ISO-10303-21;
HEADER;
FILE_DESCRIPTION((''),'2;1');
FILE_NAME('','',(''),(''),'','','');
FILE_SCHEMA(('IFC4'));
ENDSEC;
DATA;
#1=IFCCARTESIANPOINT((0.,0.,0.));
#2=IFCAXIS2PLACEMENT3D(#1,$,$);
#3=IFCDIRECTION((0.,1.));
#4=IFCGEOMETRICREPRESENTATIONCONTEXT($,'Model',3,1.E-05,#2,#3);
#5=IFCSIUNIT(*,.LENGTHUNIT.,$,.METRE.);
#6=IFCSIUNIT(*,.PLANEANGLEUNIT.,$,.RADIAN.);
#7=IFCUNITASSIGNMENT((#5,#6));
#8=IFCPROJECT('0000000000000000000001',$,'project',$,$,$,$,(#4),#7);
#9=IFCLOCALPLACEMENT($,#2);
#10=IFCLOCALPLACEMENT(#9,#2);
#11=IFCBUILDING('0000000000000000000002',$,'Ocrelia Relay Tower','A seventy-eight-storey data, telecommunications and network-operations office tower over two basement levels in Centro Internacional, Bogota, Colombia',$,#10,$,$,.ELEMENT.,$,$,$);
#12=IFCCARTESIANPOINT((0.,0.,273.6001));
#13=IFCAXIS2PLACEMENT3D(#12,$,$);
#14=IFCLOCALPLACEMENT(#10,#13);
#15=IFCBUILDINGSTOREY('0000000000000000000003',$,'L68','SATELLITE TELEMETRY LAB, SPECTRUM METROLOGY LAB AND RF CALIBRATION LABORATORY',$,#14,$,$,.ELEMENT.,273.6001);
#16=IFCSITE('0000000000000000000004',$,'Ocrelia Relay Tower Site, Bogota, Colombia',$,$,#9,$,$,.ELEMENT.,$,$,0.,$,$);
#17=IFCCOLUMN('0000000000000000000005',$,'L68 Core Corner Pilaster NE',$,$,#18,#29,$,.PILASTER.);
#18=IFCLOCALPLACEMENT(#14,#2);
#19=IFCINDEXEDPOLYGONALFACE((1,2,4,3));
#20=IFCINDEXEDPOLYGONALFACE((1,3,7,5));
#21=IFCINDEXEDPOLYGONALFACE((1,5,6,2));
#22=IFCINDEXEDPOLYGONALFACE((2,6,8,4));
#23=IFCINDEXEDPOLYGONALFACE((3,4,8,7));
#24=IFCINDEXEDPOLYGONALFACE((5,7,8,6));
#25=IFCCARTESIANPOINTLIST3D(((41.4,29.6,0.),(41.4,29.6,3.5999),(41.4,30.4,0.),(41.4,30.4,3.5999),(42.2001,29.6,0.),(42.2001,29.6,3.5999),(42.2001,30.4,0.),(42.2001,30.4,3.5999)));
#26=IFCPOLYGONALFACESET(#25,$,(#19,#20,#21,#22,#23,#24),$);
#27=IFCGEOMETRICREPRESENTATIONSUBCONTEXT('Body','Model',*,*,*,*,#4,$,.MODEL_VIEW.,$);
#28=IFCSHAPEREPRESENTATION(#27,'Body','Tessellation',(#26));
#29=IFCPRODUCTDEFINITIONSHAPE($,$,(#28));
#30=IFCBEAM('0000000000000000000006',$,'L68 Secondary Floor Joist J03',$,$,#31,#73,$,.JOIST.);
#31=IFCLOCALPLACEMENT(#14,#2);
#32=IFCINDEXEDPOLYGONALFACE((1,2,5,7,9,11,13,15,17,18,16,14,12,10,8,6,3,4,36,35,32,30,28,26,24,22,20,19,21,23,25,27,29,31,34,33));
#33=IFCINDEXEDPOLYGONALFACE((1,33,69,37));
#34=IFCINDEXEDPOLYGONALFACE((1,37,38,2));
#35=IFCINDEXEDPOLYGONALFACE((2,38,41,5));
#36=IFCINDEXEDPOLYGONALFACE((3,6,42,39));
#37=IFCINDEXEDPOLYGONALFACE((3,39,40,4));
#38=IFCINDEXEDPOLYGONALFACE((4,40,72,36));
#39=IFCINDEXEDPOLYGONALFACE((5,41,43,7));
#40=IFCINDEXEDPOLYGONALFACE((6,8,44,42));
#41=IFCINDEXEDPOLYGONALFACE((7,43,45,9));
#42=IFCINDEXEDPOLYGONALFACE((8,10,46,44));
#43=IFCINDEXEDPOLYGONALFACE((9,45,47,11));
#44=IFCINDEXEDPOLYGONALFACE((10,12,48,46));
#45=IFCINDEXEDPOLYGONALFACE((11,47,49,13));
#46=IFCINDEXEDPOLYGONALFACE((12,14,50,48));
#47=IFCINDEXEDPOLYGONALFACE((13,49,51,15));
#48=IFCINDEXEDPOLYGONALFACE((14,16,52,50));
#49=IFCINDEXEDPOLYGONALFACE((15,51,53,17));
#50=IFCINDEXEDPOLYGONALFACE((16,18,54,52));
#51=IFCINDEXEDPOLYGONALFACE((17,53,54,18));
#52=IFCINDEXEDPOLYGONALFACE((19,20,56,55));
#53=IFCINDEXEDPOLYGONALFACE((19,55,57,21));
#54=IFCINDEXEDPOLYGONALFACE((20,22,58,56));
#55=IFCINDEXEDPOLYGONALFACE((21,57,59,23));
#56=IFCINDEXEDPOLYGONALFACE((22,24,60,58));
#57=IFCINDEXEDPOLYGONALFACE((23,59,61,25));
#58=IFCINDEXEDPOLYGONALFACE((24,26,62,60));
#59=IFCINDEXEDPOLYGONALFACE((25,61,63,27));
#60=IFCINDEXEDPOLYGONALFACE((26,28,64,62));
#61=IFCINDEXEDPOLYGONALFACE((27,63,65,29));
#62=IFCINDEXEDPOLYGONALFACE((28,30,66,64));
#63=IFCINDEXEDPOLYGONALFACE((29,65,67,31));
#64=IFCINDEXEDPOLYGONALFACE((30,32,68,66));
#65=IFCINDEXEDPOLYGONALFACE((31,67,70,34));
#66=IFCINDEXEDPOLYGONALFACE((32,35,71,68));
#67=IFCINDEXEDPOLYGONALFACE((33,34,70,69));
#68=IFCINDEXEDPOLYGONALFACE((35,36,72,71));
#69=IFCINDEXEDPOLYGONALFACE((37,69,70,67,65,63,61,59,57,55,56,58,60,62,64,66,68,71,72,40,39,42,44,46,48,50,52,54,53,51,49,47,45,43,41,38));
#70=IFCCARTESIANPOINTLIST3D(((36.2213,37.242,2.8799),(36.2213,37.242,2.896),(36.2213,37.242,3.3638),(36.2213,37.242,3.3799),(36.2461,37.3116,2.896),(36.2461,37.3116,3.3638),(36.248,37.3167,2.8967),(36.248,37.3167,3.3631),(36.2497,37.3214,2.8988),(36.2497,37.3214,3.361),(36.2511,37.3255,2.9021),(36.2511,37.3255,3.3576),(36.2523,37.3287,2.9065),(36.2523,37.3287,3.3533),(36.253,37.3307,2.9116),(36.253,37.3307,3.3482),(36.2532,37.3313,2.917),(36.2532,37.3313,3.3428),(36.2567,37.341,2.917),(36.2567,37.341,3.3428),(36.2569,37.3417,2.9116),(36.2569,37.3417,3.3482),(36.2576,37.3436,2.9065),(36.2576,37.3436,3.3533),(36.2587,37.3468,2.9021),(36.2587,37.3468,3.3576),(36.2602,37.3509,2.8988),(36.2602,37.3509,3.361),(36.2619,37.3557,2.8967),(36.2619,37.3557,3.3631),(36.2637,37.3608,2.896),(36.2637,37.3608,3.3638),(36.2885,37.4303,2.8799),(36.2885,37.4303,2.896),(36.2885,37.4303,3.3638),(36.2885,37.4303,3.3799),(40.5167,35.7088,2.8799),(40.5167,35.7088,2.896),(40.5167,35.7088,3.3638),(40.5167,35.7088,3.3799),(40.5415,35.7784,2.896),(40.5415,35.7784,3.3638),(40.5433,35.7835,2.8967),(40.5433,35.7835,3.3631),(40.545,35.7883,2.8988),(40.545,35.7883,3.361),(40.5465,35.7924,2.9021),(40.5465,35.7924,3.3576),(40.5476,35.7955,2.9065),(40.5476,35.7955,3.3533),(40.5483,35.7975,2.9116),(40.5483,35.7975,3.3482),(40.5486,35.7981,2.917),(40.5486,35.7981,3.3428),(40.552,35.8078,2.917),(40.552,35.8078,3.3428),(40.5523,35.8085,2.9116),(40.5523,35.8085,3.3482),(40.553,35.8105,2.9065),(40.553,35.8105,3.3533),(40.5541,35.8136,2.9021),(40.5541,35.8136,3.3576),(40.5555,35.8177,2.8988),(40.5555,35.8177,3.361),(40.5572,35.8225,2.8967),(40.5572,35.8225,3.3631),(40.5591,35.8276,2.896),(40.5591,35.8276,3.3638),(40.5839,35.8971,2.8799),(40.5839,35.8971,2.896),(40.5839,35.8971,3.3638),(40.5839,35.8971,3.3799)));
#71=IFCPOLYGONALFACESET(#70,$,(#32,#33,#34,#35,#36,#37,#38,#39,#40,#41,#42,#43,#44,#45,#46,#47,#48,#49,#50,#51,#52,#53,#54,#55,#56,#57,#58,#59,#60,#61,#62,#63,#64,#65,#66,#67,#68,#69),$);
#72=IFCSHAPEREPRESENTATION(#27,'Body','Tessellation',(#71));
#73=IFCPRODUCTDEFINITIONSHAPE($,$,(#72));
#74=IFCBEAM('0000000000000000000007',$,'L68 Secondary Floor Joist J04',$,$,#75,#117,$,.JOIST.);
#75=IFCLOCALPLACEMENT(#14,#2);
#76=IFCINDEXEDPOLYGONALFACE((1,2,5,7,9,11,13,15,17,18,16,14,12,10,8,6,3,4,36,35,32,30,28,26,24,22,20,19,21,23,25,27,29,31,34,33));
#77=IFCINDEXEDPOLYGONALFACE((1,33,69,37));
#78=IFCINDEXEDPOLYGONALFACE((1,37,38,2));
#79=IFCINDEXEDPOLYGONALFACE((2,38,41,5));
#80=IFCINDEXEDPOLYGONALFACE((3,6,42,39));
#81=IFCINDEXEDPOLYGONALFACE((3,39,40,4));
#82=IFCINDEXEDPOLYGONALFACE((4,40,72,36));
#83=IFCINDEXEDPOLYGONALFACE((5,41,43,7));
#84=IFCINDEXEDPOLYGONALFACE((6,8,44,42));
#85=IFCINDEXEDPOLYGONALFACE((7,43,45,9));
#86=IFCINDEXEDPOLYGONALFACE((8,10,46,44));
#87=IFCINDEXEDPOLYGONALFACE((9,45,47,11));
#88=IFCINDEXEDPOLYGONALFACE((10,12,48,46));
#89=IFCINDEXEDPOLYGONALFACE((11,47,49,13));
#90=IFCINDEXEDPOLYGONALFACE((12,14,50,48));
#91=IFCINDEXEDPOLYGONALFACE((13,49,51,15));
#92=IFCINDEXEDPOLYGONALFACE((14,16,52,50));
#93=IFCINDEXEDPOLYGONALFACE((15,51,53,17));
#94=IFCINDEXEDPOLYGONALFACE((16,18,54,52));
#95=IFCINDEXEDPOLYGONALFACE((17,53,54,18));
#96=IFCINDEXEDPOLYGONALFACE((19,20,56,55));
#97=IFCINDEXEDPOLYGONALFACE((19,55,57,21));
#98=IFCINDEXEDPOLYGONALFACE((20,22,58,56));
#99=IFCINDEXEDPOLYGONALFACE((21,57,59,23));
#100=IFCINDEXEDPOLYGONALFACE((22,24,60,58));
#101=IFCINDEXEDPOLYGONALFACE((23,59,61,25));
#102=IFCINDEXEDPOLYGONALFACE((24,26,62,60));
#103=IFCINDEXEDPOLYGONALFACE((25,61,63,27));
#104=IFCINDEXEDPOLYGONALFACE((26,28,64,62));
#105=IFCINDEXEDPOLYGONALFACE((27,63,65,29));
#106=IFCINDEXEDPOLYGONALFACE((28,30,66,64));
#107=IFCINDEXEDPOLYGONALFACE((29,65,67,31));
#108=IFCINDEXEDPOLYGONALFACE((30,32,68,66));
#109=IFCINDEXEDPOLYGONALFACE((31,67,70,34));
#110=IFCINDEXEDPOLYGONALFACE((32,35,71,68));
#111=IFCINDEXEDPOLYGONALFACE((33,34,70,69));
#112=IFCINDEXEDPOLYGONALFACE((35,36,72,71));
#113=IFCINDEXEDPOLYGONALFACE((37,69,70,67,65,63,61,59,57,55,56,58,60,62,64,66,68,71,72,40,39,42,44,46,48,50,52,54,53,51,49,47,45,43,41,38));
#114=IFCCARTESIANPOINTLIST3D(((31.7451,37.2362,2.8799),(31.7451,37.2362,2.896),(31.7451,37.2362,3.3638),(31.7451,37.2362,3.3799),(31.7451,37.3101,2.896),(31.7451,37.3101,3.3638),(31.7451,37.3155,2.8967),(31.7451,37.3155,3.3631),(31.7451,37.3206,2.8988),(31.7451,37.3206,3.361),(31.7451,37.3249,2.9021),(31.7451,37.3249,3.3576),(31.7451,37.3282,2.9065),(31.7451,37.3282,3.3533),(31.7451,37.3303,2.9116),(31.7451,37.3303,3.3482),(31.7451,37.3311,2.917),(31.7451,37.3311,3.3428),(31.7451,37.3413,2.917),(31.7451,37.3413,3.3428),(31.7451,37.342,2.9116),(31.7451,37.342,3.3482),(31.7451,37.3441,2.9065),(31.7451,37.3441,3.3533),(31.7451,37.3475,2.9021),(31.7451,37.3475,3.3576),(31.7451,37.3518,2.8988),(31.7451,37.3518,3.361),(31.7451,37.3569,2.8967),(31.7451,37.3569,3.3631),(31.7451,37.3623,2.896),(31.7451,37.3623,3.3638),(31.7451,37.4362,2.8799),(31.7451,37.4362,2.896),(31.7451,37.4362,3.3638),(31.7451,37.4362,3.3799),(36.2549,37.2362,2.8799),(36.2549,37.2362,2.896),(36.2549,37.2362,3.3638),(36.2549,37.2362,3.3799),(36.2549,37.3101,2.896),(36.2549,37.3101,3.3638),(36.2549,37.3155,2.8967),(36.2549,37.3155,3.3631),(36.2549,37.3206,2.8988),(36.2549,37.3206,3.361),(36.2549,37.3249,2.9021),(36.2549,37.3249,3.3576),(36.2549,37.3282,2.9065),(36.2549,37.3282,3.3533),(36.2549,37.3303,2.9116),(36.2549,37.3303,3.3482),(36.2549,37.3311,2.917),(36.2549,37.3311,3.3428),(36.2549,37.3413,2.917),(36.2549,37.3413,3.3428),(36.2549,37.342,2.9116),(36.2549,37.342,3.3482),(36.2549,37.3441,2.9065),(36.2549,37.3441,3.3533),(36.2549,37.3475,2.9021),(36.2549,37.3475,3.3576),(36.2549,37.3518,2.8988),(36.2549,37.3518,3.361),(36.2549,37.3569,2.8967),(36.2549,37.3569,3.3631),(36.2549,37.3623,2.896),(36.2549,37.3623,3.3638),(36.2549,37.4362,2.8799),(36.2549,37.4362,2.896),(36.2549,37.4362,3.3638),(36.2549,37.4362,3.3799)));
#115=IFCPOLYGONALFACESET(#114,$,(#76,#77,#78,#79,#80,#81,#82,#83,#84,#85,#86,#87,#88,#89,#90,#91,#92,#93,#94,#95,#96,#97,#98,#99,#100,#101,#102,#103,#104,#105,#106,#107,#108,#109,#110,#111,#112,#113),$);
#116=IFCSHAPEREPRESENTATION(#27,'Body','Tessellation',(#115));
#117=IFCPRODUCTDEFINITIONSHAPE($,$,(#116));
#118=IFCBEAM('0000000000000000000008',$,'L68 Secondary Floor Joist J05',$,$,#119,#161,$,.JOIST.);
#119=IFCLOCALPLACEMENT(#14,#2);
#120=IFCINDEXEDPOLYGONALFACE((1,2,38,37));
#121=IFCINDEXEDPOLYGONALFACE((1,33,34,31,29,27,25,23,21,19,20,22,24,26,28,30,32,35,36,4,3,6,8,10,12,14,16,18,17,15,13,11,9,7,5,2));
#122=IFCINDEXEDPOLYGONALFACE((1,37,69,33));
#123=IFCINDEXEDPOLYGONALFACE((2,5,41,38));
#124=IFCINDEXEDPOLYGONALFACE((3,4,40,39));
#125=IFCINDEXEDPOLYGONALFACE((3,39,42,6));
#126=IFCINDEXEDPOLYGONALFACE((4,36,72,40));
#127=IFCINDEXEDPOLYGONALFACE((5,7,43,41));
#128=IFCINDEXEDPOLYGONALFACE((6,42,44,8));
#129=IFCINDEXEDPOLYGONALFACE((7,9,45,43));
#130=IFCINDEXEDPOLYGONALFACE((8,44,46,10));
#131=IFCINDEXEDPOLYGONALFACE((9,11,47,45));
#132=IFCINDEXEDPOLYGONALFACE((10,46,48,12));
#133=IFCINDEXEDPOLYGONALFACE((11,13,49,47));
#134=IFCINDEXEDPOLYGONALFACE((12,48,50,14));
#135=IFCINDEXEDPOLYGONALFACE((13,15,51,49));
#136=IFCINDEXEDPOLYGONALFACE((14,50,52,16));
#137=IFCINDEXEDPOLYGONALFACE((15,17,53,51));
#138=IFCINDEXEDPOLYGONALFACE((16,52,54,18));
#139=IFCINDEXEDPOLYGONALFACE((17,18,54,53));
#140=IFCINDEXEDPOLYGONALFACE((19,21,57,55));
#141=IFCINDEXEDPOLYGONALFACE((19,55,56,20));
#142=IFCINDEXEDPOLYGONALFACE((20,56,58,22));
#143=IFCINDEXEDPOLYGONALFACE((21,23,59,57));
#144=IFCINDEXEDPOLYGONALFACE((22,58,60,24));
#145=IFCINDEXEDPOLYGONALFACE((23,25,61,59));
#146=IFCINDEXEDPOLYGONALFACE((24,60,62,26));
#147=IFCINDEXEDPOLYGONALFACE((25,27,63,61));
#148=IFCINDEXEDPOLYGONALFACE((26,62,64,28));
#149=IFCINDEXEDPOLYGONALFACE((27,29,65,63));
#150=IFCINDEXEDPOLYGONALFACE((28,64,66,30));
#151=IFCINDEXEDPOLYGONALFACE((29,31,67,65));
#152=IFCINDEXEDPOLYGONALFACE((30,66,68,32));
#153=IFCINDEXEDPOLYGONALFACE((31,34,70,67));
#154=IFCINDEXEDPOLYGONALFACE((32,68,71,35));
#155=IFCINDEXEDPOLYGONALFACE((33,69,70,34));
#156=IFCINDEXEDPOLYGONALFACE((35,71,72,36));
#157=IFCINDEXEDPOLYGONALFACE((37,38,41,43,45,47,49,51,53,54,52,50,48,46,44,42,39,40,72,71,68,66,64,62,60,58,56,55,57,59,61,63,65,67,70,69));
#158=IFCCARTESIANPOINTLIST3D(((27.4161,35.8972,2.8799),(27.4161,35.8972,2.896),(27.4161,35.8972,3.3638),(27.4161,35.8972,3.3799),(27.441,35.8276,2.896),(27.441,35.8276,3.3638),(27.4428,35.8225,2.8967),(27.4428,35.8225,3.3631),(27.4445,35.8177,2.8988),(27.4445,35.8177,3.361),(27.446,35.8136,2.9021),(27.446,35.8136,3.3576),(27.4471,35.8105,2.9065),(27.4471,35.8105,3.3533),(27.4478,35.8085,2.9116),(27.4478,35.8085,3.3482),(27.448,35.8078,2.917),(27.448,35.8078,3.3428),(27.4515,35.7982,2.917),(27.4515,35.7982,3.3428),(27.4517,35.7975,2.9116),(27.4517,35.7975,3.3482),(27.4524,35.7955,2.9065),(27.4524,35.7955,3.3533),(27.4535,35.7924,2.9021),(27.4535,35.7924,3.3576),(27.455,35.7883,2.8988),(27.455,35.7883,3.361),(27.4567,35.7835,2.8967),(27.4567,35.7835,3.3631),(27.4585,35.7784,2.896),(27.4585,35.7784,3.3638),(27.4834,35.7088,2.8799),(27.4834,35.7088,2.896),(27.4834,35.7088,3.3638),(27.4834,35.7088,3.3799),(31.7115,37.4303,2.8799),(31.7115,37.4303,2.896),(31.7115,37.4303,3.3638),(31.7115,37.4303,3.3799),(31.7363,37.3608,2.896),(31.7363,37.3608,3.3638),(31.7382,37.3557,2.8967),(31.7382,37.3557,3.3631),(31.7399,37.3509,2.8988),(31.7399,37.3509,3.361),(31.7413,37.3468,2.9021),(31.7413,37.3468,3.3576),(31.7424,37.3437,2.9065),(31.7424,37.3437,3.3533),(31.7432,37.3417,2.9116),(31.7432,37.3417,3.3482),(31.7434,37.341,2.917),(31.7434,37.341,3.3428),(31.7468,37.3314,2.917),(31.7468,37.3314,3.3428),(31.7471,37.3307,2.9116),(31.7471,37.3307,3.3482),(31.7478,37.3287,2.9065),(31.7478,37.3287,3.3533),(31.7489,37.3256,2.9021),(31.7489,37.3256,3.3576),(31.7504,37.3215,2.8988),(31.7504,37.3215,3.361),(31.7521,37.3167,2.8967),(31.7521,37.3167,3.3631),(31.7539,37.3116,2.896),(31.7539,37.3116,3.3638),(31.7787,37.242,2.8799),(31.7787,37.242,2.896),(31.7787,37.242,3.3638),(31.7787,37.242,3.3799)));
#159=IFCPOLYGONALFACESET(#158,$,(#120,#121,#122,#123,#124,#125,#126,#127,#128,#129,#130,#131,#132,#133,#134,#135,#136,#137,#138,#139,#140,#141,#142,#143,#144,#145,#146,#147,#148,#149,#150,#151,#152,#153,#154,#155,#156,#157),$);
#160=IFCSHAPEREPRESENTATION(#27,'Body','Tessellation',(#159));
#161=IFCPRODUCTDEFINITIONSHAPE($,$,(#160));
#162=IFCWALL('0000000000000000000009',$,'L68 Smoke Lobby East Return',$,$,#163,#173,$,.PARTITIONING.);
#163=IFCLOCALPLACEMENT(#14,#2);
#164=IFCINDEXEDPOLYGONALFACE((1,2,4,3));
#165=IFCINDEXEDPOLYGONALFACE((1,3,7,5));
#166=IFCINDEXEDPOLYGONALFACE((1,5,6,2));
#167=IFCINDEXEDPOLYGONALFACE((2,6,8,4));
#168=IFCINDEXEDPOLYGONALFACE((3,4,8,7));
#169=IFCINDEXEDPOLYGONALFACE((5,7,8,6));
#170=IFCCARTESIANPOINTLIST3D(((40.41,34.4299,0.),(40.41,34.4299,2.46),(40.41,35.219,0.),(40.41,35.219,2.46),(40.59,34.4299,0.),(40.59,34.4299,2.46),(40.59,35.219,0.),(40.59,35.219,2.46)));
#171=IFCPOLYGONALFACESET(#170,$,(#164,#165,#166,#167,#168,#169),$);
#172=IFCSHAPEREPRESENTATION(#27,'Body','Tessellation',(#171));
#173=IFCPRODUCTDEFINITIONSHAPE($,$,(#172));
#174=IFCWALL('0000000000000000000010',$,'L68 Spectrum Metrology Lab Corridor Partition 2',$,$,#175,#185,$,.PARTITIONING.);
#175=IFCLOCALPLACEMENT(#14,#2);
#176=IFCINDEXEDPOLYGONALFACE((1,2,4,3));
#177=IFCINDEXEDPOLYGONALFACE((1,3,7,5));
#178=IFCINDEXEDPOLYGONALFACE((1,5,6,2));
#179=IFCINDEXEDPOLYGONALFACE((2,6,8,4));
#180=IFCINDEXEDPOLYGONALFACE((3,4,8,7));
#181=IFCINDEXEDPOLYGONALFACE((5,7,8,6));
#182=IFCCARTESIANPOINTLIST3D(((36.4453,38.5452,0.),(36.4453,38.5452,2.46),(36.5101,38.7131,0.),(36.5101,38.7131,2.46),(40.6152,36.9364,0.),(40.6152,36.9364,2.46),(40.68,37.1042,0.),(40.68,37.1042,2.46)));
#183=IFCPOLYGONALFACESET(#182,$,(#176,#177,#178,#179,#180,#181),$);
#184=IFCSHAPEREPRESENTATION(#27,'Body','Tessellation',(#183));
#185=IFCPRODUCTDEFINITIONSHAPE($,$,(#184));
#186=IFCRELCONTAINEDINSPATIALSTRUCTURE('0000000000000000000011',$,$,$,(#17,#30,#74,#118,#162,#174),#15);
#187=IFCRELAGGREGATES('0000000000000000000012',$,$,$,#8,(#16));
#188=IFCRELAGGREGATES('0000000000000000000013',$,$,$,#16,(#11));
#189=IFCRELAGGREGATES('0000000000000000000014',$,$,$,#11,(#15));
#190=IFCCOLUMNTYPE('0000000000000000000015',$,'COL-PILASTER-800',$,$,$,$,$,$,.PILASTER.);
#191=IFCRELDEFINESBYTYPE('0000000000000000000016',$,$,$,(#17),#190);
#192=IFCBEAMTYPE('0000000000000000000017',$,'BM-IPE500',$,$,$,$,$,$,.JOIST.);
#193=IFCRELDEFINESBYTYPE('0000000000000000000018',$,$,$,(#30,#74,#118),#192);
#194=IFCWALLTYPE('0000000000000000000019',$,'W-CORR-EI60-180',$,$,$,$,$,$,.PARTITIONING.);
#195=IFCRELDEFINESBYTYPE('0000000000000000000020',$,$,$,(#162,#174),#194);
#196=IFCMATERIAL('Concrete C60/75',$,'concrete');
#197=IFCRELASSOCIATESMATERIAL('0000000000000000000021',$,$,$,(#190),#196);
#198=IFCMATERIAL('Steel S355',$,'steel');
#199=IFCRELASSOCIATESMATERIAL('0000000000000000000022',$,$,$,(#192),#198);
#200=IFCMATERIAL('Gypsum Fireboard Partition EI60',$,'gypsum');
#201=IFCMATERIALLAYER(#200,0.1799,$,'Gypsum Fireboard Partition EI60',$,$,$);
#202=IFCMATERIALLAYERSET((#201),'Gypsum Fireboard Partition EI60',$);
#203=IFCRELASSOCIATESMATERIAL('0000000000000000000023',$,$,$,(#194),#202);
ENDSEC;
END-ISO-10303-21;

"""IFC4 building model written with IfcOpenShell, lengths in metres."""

from ifc_helpers import new_model, si_unit, direction, frame, frame_2d, origin, origin_2d, place, context, subcontext, project, spatial, rectangle, i_section, extrude, material, layer, layer_set, material_profile, profile_set, type_object, element, save


model = new_model("IFC4")

# Units and contexts
model_context = context("Model", 3, precision=1e-05, world=origin(), true_north=direction((0.0, 1.0)))
body_context = subcontext(model_context, "Body", "Model", "MODEL_VIEW")
ifc_project = project(units=[si_unit("LENGTHUNIT", "METRE"), si_unit("PLANEANGLEUNIT", "RADIAN")], contexts=[model_context])

# Site, building, storey
site_placement = place(None, origin())
site = spatial("IfcSite", under=ifc_project, at=site_placement, Name="Ocrelia Relay Tower Site, Bogota, Colombia", CompositionType="ELEMENT", RefElevation=0.0)
building_placement = place(site_placement, origin())
building = spatial("IfcBuilding", under=site, at=building_placement, Name="Ocrelia Relay Tower", Description="A seventy-eight-storey data, telecommunications and network-operations office tower over two basement levels in Centro Internacional, Bogota, Colombia", CompositionType="ELEMENT")
storey_placement = place(building_placement, frame((0.0, 0.0, 273.6001)))
storey = spatial("IfcBuildingStorey", under=building, at=storey_placement, Name="L68", Description="SATELLITE TELEMETRY LAB, SPECTRUM METROLOGY LAB AND RF CALIBRATION LABORATORY", CompositionType="ELEMENT", Elevation=273.6001)

# Column
ifc_material_1 = material(Name="Concrete C60/75", Category="concrete")
ifc_material_profile_1 = material_profile(ifc_material_1, rectangle(XDim=0.8, YDim=0.8, at=origin_2d()), Name="RC-COL-800x800")
ifc_profile_set_1 = profile_set([ifc_material_profile_1], Name="Concrete C60/75")
column_type = type_object("IfcColumnType", Name="COL-PILASTER-800", PredefinedType="PILASTER", material=ifc_profile_set_1)
column_placement = place(storey_placement, frame((41.8, 30.0, 0.0), z_axis=(0.0, 0.0, 1.0), x_axis=(1.0, 0.0, 0.0)))
element("IfcColumn", 1, at=column_placement, inside=storey, type_object=column_type, Name="L68 Core Corner Pilaster NE", PredefinedType="PILASTER", context=body_context, shape_type="SweptSolid", body=[
    extrude(rectangle(XDim=0.8, YDim=0.8, at=origin_2d()), origin(), (0.0, 0.0, 1.0), 3.5999),
])

# Beams
ifc_material_2 = material(Name="Steel S355", Category="steel")
ifc_material_profile_2 = material_profile(ifc_material_2, i_section(OverallWidth=0.2, OverallDepth=0.5, WebThickness=0.0103, FlangeThickness=0.0161, FilletRadius=0.021, at=origin_2d()), Name="IPE 500")
ifc_profile_set_2 = profile_set([ifc_material_profile_2], Name="Steel S355")
beam_type = type_object("IfcBeamType", Name="BM-IPE500", PredefinedType="JOIST", material=ifc_profile_set_2)
beam_1_placement = place(storey_placement, frame((40.5503, 35.803, 3.1299), z_axis=(-0.941802, 0.336167, 0.0), x_axis=(-0.336167, -0.941802, 0.0)))
element("IfcBeam", 2, at=beam_1_placement, inside=storey, type_object=beam_type, Name="L68 Secondary Floor Joist J03", PredefinedType="JOIST", context=body_context, shape_type="SweptSolid", body=[
    extrude(i_section(OverallWidth=0.2, OverallDepth=0.5, WebThickness=0.0103, FlangeThickness=0.0161, FilletRadius=0.021, at=origin_2d()), origin(), (0.0, 0.0, 1.0), 4.5608),
])
beam_2_placement = place(storey_placement, frame((36.2549, 37.3362, 3.1299), z_axis=(-1.0, 0.0, 0.0), x_axis=(0.0, -1.0, 0.0)))
element("IfcBeam", 3, at=beam_2_placement, inside=storey, type_object=beam_type, Name="L68 Secondary Floor Joist J04", PredefinedType="JOIST", context=body_context, shape_type="SweptSolid", body=[
    extrude(i_section(OverallWidth=0.2, OverallDepth=0.5, WebThickness=0.0103, FlangeThickness=0.0161, FilletRadius=0.021, at=origin_2d()), origin(), (0.0, 0.0, 1.0), 4.5098),
])
beam_3_placement = place(storey_placement, frame((31.7451, 37.3362, 3.1299), z_axis=(-0.941802, -0.336167, 0.0), x_axis=(0.336167, -0.941802, 0.0)))
element("IfcBeam", 4, at=beam_3_placement, inside=storey, type_object=beam_type, Name="L68 Secondary Floor Joist J05", PredefinedType="JOIST", context=body_context, shape_type="SweptSolid", body=[
    extrude(i_section(OverallWidth=0.2, OverallDepth=0.5, WebThickness=0.0103, FlangeThickness=0.0161, FilletRadius=0.021, at=origin_2d()), origin(), (0.0, 0.0, 1.0), 4.5608),
])

# Wall
ifc_material_3 = material(Name="Gypsum Fireboard Partition EI60", Category="gypsum")
ifc_layer_1 = layer(ifc_material_3, 0.1799, Name="Gypsum Fireboard Partition EI60")
ifc_layer_set_1 = layer_set([ifc_layer_1], Name="Gypsum Fireboard Partition EI60")
wall_type_1 = type_object("IfcWallType", Name="W-CORR-EI60-180", PredefinedType="PARTITIONING", material=ifc_layer_set_1)
wall_1_placement = place(storey_placement, frame((40.5, 35.219, 0.0), z_axis=(0.0, 0.0, 1.0), x_axis=(0.0, -1.0, 0.0)))
element("IfcWall", 5, at=wall_1_placement, inside=storey, type_object=wall_type_1, Name="L68 Smoke Lobby East Return", PredefinedType="PARTITIONING", context=body_context, shape_type="SweptSolid", body=[
    extrude(rectangle(XDim=0.7891, YDim=0.1799, at=frame_2d((0.3945, 0.0))), origin(), (0.0, 0.0, 1.0), 2.46),
])

# Wall
wall_2_placement = place(storey_placement, frame((40.6477, 37.0203, 0.0), z_axis=(0.0, 0.0, 1.0), x_axis=(-0.932965, 0.359967, 0.0)))
element("IfcWall", 6, at=wall_2_placement, inside=storey, type_object=wall_type_1, Name="L68 Spectrum Metrology Lab Corridor Partition 2", PredefinedType="PARTITIONING", context=body_context, shape_type="SweptSolid", body=[
    extrude(rectangle(XDim=4.4695, YDim=0.1799, at=frame_2d((2.2349, 0.0))), origin(), (0.0, 0.0, 1.0), 2.46),
])

save(model, "model.ifc")
